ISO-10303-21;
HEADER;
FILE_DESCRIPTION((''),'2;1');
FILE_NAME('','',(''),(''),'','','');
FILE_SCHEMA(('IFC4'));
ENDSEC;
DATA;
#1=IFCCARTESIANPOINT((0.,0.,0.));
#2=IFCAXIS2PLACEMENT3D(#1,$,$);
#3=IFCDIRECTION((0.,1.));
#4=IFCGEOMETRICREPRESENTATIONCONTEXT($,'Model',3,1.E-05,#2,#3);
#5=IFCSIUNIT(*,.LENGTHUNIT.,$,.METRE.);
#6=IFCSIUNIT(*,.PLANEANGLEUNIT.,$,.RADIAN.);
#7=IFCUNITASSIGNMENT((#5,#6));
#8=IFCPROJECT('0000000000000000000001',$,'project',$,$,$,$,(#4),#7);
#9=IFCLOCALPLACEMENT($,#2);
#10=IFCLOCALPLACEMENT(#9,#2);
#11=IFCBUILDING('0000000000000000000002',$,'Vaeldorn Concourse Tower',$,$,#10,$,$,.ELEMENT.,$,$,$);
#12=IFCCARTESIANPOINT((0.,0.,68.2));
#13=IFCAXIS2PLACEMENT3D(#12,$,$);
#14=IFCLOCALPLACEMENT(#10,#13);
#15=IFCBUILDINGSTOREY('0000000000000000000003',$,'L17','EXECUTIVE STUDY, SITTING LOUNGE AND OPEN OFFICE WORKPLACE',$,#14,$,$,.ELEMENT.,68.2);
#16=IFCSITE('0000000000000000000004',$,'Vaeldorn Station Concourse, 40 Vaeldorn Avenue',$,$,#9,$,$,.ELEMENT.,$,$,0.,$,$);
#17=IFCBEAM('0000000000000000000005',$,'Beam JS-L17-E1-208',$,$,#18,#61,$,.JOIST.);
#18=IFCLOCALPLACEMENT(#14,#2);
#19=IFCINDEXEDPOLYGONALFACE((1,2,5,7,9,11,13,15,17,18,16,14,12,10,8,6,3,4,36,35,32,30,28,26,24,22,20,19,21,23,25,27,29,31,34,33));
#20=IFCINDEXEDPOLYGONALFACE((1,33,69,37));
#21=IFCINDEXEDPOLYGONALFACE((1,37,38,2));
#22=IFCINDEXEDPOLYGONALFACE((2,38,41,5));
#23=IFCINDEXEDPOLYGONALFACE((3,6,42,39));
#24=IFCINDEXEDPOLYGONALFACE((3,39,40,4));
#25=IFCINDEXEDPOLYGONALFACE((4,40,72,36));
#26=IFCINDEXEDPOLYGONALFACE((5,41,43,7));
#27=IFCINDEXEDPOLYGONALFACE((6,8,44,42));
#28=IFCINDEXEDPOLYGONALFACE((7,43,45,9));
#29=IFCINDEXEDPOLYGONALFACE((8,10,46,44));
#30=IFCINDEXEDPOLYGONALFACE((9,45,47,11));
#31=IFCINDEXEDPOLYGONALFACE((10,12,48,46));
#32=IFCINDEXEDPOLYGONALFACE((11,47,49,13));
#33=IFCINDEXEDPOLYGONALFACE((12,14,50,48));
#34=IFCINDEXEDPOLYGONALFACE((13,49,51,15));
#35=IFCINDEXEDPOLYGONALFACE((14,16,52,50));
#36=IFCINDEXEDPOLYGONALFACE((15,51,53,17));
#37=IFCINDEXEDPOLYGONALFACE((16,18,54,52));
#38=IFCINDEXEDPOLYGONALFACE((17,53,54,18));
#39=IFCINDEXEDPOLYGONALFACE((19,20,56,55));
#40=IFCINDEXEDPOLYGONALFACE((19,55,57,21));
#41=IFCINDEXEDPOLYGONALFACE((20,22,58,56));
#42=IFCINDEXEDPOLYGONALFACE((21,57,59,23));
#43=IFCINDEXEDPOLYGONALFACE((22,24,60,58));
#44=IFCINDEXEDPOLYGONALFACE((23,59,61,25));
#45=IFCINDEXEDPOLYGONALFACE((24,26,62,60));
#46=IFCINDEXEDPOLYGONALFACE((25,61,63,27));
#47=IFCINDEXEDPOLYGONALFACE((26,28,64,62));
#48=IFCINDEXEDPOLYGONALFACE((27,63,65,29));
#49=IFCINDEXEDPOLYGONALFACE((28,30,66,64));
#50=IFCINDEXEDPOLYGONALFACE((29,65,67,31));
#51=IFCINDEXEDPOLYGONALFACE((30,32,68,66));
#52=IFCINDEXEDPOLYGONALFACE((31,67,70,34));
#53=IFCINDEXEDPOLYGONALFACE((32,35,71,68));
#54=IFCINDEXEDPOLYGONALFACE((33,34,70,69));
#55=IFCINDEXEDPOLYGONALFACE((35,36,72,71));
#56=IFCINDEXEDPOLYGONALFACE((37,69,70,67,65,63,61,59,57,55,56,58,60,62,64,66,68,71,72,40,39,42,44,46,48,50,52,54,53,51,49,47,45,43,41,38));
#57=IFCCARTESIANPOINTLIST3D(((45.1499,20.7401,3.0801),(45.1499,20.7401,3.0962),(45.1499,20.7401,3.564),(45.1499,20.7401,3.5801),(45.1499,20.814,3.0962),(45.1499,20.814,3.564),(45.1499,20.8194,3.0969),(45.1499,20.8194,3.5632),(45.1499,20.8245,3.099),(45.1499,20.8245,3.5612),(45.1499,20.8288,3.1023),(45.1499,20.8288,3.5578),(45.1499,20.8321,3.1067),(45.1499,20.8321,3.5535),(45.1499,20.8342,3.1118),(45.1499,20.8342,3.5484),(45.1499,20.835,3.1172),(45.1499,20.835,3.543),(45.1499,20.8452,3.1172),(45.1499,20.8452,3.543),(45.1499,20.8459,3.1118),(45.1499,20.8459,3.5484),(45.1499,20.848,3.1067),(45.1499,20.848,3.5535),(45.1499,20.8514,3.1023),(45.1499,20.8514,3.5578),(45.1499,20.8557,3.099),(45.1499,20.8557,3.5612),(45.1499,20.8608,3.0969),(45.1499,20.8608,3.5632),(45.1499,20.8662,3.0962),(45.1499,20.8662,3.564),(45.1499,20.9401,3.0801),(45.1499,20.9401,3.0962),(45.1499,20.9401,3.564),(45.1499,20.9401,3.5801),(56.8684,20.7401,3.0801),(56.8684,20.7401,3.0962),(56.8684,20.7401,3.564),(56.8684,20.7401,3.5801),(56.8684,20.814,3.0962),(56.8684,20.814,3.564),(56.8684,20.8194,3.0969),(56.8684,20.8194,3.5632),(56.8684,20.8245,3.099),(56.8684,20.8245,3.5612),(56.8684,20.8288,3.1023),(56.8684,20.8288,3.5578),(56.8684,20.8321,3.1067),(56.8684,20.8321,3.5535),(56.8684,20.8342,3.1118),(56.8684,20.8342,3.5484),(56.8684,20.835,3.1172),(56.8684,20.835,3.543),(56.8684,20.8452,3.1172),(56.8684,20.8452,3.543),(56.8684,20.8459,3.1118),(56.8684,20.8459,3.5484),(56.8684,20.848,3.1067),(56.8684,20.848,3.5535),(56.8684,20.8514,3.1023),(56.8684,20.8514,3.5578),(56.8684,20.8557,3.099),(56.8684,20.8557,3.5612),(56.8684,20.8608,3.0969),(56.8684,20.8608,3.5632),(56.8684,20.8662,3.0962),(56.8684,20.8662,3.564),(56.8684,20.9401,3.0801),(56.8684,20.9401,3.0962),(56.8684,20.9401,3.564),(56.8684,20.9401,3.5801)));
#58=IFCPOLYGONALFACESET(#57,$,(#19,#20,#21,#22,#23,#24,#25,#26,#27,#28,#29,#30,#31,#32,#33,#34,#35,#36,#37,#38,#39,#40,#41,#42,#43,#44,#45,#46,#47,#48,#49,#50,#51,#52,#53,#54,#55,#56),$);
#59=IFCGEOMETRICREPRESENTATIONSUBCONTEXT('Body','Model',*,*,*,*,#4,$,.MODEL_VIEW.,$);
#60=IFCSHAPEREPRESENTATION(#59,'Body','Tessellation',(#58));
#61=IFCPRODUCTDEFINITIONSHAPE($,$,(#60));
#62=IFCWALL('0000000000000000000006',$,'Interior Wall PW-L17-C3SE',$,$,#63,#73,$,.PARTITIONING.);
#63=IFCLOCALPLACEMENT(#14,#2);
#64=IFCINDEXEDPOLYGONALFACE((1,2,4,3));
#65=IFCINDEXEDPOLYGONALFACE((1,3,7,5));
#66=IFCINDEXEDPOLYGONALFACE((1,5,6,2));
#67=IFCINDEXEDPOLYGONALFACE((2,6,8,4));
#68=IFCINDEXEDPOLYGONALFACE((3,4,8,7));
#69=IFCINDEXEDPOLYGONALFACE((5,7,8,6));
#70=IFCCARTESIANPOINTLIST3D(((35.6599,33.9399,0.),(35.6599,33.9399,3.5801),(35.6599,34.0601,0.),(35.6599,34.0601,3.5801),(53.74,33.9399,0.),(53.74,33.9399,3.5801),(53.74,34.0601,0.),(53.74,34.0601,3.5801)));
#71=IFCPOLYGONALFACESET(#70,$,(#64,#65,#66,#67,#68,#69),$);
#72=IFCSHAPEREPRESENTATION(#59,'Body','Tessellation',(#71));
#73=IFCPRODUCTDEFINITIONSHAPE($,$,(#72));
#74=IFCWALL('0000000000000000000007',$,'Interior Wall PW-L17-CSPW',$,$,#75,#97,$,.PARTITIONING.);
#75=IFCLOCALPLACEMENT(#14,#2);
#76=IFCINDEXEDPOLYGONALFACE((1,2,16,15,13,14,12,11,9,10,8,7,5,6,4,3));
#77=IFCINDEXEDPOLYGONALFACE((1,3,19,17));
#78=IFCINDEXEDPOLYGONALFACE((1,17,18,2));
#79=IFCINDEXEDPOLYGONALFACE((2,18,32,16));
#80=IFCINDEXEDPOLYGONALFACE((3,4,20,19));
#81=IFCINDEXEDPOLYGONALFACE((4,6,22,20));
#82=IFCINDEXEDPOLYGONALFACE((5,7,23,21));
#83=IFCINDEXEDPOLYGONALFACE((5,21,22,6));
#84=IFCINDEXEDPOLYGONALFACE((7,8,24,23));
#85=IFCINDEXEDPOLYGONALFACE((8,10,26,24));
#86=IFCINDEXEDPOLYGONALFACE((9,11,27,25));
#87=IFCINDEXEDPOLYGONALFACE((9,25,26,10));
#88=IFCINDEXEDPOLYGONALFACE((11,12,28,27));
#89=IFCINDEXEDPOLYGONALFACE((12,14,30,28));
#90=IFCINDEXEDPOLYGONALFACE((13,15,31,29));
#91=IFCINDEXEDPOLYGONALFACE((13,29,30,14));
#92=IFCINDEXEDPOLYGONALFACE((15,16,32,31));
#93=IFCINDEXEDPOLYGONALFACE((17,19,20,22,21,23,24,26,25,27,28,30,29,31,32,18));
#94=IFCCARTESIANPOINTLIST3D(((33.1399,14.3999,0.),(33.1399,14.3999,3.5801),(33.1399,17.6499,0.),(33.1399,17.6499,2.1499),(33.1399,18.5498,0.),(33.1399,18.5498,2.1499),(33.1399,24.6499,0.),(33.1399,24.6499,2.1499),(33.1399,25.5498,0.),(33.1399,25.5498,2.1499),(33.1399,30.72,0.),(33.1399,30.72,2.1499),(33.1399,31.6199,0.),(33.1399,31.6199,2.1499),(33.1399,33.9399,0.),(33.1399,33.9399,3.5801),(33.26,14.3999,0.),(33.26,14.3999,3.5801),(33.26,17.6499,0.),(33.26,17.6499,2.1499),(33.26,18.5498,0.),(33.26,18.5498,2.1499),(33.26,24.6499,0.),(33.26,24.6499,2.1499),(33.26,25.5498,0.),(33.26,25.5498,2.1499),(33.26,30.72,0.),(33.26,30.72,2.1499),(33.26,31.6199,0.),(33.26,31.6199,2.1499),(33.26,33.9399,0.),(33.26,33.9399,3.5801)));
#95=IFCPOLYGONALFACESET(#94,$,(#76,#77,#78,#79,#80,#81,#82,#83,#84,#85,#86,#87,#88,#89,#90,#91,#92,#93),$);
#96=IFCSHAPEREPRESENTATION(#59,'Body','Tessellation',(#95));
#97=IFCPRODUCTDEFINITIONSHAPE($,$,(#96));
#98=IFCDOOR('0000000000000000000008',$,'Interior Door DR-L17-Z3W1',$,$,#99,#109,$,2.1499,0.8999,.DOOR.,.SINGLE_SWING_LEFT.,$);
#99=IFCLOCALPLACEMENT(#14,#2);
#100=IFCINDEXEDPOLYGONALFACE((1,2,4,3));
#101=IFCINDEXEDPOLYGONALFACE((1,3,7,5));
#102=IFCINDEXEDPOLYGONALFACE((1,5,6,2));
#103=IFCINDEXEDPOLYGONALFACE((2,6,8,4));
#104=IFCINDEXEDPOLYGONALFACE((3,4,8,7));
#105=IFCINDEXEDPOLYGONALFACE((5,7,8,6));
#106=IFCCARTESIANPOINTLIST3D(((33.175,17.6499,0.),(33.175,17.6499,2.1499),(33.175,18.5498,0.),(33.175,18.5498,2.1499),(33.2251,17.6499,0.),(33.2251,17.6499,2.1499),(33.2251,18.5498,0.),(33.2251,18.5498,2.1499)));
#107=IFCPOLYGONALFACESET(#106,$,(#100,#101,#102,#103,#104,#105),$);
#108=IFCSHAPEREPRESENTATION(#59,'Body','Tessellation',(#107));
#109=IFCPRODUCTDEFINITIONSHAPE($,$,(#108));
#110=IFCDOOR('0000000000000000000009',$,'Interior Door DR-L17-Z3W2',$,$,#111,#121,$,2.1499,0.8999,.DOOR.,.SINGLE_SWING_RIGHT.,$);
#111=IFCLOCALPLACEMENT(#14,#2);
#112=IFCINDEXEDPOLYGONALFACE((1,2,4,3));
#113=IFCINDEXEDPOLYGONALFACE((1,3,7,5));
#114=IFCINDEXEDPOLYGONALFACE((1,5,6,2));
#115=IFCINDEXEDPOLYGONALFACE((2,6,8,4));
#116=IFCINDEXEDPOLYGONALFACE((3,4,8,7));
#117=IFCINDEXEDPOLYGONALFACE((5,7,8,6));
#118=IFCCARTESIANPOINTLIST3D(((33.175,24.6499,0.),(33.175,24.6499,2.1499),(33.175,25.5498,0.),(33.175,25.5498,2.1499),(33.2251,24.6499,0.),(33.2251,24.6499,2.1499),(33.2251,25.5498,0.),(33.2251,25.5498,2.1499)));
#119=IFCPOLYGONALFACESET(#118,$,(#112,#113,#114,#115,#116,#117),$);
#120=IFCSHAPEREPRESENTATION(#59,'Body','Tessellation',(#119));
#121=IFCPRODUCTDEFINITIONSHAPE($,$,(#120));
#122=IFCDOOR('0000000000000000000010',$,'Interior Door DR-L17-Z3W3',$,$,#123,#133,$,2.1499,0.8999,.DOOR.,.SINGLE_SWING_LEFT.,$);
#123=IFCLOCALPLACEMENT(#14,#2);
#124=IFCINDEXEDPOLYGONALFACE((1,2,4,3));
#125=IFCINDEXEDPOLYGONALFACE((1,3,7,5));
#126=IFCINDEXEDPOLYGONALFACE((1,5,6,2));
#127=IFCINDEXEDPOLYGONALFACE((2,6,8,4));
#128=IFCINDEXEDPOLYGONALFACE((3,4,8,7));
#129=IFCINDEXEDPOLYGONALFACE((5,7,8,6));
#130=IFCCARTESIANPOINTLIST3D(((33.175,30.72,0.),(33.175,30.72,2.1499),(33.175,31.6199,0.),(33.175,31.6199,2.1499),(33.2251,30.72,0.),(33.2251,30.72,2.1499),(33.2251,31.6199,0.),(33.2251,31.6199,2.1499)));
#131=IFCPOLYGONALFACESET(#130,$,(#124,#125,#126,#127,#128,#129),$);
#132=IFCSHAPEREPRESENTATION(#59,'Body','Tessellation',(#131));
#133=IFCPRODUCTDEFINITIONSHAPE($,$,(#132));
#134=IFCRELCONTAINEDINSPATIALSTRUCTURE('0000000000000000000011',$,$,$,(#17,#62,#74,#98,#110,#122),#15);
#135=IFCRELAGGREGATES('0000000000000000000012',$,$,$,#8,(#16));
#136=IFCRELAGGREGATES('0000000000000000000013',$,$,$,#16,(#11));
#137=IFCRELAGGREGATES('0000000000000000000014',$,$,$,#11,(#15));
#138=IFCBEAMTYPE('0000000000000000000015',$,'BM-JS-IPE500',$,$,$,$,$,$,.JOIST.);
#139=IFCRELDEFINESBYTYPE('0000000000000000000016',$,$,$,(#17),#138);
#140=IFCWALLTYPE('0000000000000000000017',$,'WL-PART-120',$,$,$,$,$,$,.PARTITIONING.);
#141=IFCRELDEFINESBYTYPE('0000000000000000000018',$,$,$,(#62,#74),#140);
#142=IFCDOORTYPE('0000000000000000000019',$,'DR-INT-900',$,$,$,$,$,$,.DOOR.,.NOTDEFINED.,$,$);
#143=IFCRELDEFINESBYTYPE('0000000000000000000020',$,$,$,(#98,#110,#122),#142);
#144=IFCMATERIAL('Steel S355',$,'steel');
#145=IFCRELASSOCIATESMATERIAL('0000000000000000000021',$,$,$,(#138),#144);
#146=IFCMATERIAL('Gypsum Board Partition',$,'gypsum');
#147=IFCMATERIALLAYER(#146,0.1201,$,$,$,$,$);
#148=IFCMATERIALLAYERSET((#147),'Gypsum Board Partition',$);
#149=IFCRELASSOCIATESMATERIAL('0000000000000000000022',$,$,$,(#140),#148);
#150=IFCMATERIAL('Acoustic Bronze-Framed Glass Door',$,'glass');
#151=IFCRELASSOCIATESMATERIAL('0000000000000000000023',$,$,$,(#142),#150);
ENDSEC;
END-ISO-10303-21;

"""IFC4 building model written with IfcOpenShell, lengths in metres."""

from ifc_helpers import new_model, si_unit, direction, frame, frame_2d, origin, origin_2d, place, context, subcontext, project, spatial, rectangle, i_section, extrude, source, transform, mapped, material, layer, layer_set, material_profile, profile_set, type_object, element, fill, save


model = new_model("IFC4")

# Units and contexts
model_context = context("Model", 3, precision=1e-05, world=origin(), true_north=direction((0.0, 1.0)))
body_context = subcontext(model_context, "Body", "Model", "MODEL_VIEW")
ifc_project = project(units=[si_unit("LENGTHUNIT", "METRE"), si_unit("PLANEANGLEUNIT", "RADIAN")], contexts=[model_context])

# Site, building, storey
site_placement = place(None, origin())
site = spatial("IfcSite", under=ifc_project, at=site_placement, Name="Vaeldorn Station Concourse, 40 Vaeldorn Avenue", CompositionType="ELEMENT", RefElevation=0.0)
building_placement = place(site_placement, origin())
building = spatial("IfcBuilding", under=site, at=building_placement, Name="Vaeldorn Concourse Tower", CompositionType="ELEMENT")
storey_placement = place(building_placement, frame((0.0, 0.0, 68.2)))
storey = spatial("IfcBuildingStorey", under=building, at=storey_placement, Name="L17", Description="EXECUTIVE STUDY, SITTING LOUNGE AND OPEN OFFICE WORKPLACE", CompositionType="ELEMENT", Elevation=68.2)

# Beam
ifc_material_1 = material(Name="Steel S355", Category="steel")
ifc_material_profile_1 = material_profile(ifc_material_1, i_section(OverallWidth=0.2, OverallDepth=0.5, WebThickness=0.0103, FlangeThickness=0.0161, FilletRadius=0.021, at=origin_2d()), Name="IPE 500")
ifc_profile_set_1 = profile_set([ifc_material_profile_1], Name="Steel S355")
beam_type_1 = type_object("IfcBeamType", Name="BM-JS-IPE500", PredefinedType="JOIST", material=ifc_profile_set_1)
shared_shape_1 = source(origin(), body_context, "Body", "SweptSolid", [
    extrude(i_section(OverallWidth=0.2, OverallDepth=0.5, WebThickness=0.0103, FlangeThickness=0.0161, FilletRadius=0.021, at=origin_2d()), origin(), (0.0, 0.0, 1.0), 11.7185),
])
beam_1_placement = place(storey_placement, frame((45.1499, 20.8401, 3.3301), z_axis=(1.0, 0.0, 0.0), x_axis=(0.0, 1.0, 0.0)))
element("IfcBeam", 1, at=beam_1_placement, inside=storey, type_object=beam_type_1, Name="Beam JS-L17-E1-208", PredefinedType="JOIST", context=body_context, shape_type="MappedRepresentation", body=[
    mapped(shared_shape_1, transform((0.0, 0.0, 0.0), scale=1.0)),
])

# Wall
ifc_material_2 = material(Name="Gypsum Board Partition", Category="gypsum")
ifc_layer = layer(ifc_material_2, 0.1201)
ifc_layer_set = layer_set([ifc_layer], Name="Gypsum Board Partition")
wall_type = type_object("IfcWallType", Name="WL-PART-120", PredefinedType="PARTITIONING", material=ifc_layer_set)
wall_1_placement = place(storey_placement, frame((35.6599, 34.0, 0.0), z_axis=(0.0, 0.0, 1.0), x_axis=(1.0, 0.0, 0.0)))
element("IfcWall", 2, at=wall_1_placement, inside=storey, type_object=wall_type, Name="Interior Wall PW-L17-C3SE", PredefinedType="PARTITIONING", context=body_context, shape_type="SweptSolid", body=[
    extrude(rectangle(XDim=18.0801, YDim=0.1201, at=frame_2d((9.04, 0.0))), origin(), (0.0, 0.0, 1.0), 3.5801),
])

# Wall, openings, doors
wall_2_placement = place(storey_placement, frame((33.2, 14.3999, 0.0), z_axis=(0.0, 0.0, 1.0), x_axis=(0.0, 1.0, 0.0)))
wall_2 = element("IfcWall", 3, at=wall_2_placement, inside=storey, type_object=wall_type, Name="Interior Wall PW-L17-CSPW", PredefinedType="PARTITIONING", context=body_context, shape_type="SweptSolid", body=[
    extrude(rectangle(XDim=19.54, YDim=0.1201, at=frame_2d((9.77, 0.0))), origin(), (0.0, 0.0, 1.0), 3.5801),
])
opening_1_placement = place(wall_2_placement, frame((3.25, 0.0, 0.0)))
opening_1 = element("IfcOpeningElement", 4, at=opening_1_placement, cuts=wall_2, PredefinedType="OPENING", context=body_context, shape_type="SweptSolid", body=[
    extrude(rectangle(XDim=0.8999, YDim=2.1499, at=frame_2d((0.45, 1.075))), frame((0.0, 0.0701, 0.0), z_axis=(0.0, -1.0, 0.0), x_axis=(1.0, 0.0, 0.0)), (0.0, 0.0, 1.0), 0.1401),
])
opening_2_placement = place(wall_2_placement, frame((10.25, 0.0, 0.0)))
opening_2 = element("IfcOpeningElement", 5, at=opening_2_placement, cuts=wall_2, PredefinedType="OPENING", context=body_context, shape_type="SweptSolid", body=[
    extrude(rectangle(XDim=0.8999, YDim=2.1499, at=frame_2d((0.45, 1.075))), frame((0.0, 0.0701, 0.0), z_axis=(0.0, -1.0, 0.0), x_axis=(1.0, 0.0, 0.0)), (0.0, 0.0, 1.0), 0.1401),
])
opening_3_placement = place(wall_2_placement, frame((16.3201, 0.0, 0.0)))
opening_3 = element("IfcOpeningElement", 6, at=opening_3_placement, cuts=wall_2, PredefinedType="OPENING", context=body_context, shape_type="SweptSolid", body=[
    extrude(rectangle(XDim=0.8999, YDim=2.1499, at=frame_2d((0.45, 1.075))), frame((0.0, 0.0701, 0.0), z_axis=(0.0, -1.0, 0.0), x_axis=(1.0, 0.0, 0.0)), (0.0, 0.0, 1.0), 0.1401),
])
ifc_material_3 = material(Name="Acoustic Bronze-Framed Glass Door", Category="glass")
door_type = type_object("IfcDoorType", Name="DR-INT-900", OperationType="NOTDEFINED", PredefinedType="DOOR", material=ifc_material_3)
shared_shape_2 = source(origin(), body_context, "Body", "SweptSolid", [
    extrude(rectangle(XDim=0.8999, YDim=2.1499, at=frame_2d((0.45, 1.075))), frame((0.0, 0.0249, 0.0), z_axis=(0.0, -1.0, 0.0), x_axis=(1.0, 0.0, 0.0)), (0.0, 0.0, 1.0), 0.05),
])
door_1_placement = place(opening_1_placement, origin())
door_1 = element("IfcDoor", 7, at=door_1_placement, inside=storey, type_object=door_type, Name="Interior Door DR-L17-Z3W1", OperationType="SINGLE_SWING_LEFT", OverallHeight=2.1499, OverallWidth=0.8999, PredefinedType="DOOR", context=body_context, shape_type="MappedRepresentation", body=[
    mapped(shared_shape_2, transform((0.0, 0.0, 0.0), scale=1.0)),
])
fill(opening_1, door_1)
door_2_placement = place(opening_2_placement, origin())
door_2 = element("IfcDoor", 8, at=door_2_placement, inside=storey, type_object=door_type, Name="Interior Door DR-L17-Z3W2", OperationType="SINGLE_SWING_RIGHT", OverallHeight=2.1499, OverallWidth=0.8999, PredefinedType="DOOR", context=body_context, shape_type="MappedRepresentation", body=[
    mapped(shared_shape_2, transform((0.0, 0.0, 0.0), scale=1.0)),
])
fill(opening_2, door_2)
door_3_placement = place(opening_3_placement, origin())
door_3 = element("IfcDoor", 9, at=door_3_placement, inside=storey, type_object=door_type, Name="Interior Door DR-L17-Z3W3", OperationType="SINGLE_SWING_LEFT", OverallHeight=2.1499, OverallWidth=0.8999, PredefinedType="DOOR", context=body_context, shape_type="MappedRepresentation", body=[
    mapped(shared_shape_2, transform((0.0, 0.0, 0.0), scale=1.0)),
])
fill(opening_3, door_3)

save(model, "model.ifc")
